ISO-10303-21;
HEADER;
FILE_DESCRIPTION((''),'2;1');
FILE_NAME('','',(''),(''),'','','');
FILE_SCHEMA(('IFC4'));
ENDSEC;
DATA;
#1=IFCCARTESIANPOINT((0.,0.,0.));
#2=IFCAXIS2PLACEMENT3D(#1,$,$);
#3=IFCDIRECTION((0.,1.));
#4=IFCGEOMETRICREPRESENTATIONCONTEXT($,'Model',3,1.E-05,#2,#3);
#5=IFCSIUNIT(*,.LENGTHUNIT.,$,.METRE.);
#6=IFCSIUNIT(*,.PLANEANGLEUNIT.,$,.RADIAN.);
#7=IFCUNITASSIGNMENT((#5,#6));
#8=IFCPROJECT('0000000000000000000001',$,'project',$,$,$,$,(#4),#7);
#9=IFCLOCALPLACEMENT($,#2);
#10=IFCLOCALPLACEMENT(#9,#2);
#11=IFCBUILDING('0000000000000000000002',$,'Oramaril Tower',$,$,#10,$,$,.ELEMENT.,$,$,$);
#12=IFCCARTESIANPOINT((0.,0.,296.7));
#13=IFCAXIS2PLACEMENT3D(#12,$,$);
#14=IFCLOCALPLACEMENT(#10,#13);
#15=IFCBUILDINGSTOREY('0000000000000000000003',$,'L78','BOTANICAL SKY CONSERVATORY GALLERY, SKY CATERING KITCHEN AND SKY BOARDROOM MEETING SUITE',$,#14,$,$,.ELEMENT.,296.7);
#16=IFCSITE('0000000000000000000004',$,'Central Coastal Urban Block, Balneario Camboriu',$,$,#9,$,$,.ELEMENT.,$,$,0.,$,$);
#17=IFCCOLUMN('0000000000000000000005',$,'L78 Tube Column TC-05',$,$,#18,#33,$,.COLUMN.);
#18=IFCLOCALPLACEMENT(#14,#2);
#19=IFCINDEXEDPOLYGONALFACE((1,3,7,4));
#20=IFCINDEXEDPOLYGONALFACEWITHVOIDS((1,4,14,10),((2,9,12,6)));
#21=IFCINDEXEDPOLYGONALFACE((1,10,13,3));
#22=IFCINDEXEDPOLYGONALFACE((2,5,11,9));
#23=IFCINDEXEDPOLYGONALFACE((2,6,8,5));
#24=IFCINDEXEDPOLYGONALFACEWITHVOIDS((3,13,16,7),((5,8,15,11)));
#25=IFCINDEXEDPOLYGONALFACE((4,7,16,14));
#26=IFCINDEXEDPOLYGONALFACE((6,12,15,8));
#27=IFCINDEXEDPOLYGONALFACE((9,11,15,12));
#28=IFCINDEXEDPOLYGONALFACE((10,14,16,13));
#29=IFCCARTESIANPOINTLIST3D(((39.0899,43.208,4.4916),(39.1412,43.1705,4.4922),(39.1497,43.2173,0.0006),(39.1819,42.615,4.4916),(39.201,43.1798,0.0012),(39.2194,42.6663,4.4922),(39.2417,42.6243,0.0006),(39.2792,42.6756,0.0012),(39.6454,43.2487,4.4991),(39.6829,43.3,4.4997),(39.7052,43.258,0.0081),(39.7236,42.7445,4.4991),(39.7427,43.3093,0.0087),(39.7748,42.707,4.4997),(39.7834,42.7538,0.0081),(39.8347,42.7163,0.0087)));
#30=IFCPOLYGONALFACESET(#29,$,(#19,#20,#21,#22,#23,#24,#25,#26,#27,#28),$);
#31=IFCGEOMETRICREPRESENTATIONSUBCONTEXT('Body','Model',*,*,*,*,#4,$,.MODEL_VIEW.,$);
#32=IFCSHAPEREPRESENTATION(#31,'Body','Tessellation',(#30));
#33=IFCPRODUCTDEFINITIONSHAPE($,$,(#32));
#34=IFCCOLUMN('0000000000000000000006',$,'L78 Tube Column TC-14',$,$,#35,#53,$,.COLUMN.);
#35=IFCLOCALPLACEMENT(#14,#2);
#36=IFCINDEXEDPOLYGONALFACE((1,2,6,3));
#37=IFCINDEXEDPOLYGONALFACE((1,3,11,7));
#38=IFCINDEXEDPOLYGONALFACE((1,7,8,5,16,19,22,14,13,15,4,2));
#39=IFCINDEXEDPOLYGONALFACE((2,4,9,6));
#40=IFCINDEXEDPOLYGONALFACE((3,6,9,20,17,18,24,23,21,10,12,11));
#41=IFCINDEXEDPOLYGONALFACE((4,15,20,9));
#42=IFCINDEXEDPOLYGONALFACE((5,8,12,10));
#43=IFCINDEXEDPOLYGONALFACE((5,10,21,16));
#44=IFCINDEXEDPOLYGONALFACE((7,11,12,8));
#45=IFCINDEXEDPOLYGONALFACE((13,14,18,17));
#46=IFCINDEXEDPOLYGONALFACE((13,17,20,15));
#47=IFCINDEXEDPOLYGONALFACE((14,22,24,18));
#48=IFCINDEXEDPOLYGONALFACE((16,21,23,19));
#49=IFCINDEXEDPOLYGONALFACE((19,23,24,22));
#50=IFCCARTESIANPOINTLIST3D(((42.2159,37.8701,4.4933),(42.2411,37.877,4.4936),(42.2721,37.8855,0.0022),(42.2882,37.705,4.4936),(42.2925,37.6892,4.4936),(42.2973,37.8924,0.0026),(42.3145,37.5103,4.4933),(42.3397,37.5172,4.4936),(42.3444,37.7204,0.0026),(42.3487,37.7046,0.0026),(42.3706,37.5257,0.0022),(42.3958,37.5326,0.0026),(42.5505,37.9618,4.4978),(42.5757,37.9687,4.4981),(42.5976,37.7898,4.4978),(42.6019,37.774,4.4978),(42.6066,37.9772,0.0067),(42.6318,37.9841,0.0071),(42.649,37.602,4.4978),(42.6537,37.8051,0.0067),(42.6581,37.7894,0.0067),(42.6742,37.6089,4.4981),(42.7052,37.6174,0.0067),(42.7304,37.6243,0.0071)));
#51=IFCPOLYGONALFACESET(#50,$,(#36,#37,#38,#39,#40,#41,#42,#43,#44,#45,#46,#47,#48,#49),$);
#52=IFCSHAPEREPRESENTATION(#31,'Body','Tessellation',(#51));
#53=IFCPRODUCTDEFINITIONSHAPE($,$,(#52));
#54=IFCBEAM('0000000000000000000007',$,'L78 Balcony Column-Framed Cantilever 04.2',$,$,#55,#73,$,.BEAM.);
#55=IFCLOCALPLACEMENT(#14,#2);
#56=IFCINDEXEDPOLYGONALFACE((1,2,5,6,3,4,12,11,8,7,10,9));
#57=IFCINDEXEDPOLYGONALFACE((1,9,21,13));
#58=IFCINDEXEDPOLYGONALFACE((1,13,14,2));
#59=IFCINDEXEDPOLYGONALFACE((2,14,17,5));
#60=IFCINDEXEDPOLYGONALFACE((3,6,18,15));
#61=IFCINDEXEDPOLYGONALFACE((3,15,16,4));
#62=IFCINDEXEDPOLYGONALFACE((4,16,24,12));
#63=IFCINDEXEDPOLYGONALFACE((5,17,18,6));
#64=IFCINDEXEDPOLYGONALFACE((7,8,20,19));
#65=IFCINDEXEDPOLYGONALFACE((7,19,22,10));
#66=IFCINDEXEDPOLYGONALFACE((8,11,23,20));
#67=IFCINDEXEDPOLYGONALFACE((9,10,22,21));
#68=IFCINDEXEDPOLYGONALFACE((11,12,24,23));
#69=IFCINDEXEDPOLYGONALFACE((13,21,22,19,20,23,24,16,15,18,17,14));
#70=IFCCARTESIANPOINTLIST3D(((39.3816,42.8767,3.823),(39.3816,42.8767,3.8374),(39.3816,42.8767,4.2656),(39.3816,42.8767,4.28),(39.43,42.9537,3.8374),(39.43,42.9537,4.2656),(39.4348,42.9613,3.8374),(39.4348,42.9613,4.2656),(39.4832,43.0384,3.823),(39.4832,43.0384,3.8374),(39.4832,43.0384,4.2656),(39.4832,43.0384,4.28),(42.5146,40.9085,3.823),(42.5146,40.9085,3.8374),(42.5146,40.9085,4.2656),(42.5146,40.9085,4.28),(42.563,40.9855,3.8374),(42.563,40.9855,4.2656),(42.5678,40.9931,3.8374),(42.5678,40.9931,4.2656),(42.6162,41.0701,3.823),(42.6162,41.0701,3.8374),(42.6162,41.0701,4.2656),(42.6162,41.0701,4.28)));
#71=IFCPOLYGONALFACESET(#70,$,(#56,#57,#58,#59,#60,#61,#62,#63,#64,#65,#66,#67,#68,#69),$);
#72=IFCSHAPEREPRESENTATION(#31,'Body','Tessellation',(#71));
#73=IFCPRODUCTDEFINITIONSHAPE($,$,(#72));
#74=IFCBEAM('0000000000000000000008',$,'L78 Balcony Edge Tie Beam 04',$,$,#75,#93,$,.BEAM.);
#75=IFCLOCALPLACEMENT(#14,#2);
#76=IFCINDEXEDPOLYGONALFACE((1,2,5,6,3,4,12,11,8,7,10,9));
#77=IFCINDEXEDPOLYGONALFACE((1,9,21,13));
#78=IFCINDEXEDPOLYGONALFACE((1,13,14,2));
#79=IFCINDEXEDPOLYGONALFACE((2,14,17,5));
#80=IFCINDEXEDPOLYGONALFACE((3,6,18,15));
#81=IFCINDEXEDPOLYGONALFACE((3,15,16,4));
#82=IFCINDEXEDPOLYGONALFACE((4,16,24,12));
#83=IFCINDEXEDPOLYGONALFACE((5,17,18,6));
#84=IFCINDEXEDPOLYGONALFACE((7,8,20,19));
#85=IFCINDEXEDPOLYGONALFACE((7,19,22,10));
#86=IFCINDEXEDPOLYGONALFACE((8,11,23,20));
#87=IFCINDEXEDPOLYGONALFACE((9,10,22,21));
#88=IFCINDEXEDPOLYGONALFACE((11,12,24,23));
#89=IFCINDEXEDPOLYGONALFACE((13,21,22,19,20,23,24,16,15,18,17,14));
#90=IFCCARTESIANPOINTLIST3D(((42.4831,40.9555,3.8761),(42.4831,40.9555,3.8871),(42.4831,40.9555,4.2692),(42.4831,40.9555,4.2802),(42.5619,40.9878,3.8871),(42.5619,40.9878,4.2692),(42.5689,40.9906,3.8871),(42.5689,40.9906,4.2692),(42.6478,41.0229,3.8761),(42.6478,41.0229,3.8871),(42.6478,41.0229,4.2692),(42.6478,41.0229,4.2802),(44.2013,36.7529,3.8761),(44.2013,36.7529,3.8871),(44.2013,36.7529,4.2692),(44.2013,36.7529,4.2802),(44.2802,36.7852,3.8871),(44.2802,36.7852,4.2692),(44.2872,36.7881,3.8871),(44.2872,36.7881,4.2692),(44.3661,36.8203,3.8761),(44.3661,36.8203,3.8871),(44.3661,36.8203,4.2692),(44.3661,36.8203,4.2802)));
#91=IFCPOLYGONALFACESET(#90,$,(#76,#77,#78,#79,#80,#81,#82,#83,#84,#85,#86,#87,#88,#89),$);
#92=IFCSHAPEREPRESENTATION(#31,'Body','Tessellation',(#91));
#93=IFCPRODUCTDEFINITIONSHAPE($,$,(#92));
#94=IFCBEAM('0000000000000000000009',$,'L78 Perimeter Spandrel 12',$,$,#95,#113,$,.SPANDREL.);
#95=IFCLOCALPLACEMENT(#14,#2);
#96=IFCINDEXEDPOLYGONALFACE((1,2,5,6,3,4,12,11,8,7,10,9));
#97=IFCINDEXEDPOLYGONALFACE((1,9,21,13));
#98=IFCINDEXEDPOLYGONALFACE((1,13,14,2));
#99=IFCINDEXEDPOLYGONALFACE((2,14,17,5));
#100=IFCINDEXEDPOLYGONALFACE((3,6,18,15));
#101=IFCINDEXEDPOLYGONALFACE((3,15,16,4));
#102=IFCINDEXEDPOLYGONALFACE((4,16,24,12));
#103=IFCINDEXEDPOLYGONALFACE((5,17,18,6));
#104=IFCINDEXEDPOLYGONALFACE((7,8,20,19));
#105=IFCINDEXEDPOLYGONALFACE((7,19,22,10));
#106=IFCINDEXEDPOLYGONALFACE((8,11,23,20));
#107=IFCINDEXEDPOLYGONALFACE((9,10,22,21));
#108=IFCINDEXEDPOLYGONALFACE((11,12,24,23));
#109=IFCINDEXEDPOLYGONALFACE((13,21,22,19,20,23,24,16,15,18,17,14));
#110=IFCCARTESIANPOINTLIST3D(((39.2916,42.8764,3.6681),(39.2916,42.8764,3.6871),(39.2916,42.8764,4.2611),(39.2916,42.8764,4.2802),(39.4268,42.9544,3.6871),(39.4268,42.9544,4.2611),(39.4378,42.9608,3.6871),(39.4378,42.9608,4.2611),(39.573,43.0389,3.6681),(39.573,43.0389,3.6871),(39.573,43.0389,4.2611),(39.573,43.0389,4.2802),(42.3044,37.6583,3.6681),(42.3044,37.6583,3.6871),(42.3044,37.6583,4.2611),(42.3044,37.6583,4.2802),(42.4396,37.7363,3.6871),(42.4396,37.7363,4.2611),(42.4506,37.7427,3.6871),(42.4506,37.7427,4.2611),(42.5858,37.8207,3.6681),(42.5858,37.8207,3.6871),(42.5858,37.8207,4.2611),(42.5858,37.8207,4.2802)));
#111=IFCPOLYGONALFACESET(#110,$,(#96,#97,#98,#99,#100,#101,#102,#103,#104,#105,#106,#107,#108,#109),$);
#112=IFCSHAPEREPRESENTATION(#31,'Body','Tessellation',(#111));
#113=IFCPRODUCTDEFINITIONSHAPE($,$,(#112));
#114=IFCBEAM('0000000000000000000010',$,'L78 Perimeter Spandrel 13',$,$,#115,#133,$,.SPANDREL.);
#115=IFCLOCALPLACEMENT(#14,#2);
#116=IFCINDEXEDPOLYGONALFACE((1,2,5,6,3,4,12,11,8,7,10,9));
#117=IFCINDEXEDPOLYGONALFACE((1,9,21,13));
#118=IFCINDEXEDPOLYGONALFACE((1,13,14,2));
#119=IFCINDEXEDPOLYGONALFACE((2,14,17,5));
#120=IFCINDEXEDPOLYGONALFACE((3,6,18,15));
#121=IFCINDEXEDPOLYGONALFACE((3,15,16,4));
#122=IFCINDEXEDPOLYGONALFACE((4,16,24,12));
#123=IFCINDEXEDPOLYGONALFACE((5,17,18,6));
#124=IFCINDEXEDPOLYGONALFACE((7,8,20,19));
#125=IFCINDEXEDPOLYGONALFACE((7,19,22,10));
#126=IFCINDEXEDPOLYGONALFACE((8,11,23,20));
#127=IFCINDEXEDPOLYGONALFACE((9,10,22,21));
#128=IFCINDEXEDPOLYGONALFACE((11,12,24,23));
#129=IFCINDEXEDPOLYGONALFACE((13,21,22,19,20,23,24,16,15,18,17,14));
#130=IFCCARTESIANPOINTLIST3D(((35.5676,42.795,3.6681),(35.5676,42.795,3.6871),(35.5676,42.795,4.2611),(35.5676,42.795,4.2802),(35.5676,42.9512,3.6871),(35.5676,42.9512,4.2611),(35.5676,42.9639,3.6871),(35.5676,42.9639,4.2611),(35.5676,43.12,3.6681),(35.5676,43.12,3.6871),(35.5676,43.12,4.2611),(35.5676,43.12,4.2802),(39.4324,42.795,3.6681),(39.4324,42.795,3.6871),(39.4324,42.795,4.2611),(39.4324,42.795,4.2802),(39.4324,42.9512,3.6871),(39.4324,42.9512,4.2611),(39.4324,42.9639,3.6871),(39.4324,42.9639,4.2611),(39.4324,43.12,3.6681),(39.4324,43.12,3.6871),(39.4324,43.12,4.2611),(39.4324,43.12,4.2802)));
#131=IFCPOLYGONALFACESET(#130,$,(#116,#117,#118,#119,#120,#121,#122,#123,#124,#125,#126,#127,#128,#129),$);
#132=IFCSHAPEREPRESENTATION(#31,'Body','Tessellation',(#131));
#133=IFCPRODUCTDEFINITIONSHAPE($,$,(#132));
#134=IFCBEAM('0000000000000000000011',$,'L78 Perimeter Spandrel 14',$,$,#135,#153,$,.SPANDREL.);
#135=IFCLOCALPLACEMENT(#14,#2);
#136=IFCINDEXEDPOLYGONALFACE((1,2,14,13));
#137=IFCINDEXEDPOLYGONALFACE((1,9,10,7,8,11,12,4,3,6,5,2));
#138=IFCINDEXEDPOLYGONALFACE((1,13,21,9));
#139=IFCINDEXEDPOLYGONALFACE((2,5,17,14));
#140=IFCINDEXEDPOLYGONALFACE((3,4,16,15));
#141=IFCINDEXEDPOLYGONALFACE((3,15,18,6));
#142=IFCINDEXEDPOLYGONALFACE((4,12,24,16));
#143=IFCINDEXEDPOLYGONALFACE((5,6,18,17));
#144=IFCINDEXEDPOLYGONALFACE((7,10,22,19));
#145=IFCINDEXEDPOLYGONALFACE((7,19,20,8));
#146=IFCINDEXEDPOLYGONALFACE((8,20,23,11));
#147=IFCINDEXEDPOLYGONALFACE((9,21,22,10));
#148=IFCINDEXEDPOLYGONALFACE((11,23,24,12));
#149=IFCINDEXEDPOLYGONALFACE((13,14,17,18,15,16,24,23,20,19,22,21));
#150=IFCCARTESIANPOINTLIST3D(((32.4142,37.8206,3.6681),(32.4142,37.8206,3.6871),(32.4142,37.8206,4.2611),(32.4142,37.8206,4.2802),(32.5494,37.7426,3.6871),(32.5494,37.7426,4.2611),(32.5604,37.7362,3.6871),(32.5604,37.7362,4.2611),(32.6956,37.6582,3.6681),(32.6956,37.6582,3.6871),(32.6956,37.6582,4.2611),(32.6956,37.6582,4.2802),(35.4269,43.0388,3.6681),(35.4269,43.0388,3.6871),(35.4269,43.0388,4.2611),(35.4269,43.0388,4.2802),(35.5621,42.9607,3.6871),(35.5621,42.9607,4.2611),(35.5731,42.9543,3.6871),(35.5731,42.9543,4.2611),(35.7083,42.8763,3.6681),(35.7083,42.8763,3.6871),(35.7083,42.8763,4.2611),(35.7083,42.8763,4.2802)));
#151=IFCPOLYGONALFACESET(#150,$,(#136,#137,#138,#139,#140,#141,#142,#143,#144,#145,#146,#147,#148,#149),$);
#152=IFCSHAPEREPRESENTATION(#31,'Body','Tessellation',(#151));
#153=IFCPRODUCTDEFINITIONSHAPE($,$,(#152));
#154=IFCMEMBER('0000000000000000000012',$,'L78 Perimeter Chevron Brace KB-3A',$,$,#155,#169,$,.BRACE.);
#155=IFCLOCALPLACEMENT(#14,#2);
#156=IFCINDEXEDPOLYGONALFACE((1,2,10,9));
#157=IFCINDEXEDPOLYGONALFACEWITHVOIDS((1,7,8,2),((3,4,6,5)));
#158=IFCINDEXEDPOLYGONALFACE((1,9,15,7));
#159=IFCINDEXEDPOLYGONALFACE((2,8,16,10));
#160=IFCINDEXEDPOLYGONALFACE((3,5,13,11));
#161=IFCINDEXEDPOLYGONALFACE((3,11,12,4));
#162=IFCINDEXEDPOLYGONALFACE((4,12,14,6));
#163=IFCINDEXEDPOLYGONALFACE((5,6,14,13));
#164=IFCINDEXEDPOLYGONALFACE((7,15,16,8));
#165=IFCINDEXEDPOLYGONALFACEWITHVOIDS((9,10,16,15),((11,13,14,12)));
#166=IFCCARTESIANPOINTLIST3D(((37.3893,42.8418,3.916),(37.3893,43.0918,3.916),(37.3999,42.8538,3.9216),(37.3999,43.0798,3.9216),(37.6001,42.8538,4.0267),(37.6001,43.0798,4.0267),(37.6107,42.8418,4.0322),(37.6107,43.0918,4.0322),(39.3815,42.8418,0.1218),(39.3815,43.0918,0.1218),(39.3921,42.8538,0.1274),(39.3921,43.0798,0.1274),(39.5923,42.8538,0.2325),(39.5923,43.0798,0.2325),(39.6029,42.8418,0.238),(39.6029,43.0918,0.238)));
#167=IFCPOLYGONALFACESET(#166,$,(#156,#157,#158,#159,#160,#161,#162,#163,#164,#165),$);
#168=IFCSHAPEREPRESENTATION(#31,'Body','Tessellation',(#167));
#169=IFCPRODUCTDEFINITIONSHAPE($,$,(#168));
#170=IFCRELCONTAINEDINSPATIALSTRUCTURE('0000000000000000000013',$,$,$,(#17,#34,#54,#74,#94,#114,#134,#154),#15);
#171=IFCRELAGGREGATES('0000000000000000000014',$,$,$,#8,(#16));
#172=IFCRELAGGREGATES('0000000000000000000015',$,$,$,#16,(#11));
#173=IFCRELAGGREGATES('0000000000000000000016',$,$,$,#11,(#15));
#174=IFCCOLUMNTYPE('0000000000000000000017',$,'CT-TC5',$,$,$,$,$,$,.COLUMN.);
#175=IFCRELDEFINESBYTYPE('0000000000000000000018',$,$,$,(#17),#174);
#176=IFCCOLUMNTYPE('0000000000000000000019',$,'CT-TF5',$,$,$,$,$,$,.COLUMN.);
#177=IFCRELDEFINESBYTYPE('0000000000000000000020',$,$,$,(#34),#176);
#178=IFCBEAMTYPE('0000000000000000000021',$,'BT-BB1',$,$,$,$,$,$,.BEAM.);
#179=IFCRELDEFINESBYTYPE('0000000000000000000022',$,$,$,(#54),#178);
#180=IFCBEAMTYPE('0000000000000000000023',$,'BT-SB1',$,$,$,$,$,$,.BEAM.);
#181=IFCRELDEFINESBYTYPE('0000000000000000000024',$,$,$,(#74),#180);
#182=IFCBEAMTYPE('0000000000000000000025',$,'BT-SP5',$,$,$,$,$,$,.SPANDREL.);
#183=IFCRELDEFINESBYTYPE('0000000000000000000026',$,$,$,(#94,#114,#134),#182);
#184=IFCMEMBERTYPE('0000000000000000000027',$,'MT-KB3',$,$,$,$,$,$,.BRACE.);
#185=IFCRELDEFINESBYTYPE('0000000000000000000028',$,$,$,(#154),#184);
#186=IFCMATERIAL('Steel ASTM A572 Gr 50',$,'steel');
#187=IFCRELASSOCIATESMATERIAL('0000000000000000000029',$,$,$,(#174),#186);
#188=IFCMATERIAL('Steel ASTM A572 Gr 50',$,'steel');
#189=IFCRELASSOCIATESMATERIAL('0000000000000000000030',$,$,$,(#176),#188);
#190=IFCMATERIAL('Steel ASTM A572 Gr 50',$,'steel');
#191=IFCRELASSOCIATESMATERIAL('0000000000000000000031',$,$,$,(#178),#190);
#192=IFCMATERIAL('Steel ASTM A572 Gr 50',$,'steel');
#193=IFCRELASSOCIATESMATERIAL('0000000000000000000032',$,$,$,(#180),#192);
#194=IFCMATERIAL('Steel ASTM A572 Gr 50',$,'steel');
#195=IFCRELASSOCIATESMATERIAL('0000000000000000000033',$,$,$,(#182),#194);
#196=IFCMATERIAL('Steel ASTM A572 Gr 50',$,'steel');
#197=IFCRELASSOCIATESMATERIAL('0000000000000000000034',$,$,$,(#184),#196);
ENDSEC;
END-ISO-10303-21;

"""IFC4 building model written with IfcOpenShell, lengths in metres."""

from ifc_helpers import new_model, si_unit, direction, frame, origin, origin_2d, place, context, subcontext, project, spatial, hollow_rectangle, i_section, extrude, material, material_profile, profile_set, type_object, element, save


model = new_model("IFC4")

# Units and contexts
model_context = context("Model", 3, precision=1e-05, world=origin(), true_north=direction((0.0, 1.0)))
body_context = subcontext(model_context, "Body", "Model", "MODEL_VIEW")
ifc_project = project(units=[si_unit("LENGTHUNIT", "METRE"), si_unit("PLANEANGLEUNIT", "RADIAN")], contexts=[model_context])

# Site, building, storey
site_placement = place(None, origin())
site = spatial("IfcSite", under=ifc_project, at=site_placement, Name="Central Coastal Urban Block, Balneario Camboriu", CompositionType="ELEMENT", RefElevation=0.0)
building_placement = place(site_placement, origin())
building = spatial("IfcBuilding", under=site, at=building_placement, Name="Oramaril Tower", CompositionType="ELEMENT")
storey_placement = place(building_placement, frame((0.0, 0.0, 296.7)))
storey = spatial("IfcBuildingStorey", under=building, at=storey_placement, Name="L78", Description="BOTANICAL SKY CONSERVATORY GALLERY, SKY CATERING KITCHEN AND SKY BOARDROOM MEETING SUITE", CompositionType="ELEMENT", Elevation=296.7)

# Columns
ifc_material_1 = material(Name="Steel ASTM A572 Gr 50", Category="steel")
ifc_material_profile_1 = material_profile(ifc_material_1, hollow_rectangle(XDim=0.6001, YDim=0.6001, WallThickness=0.0449, at=origin_2d()), Name="BOX600X600X45")
ifc_profile_set_1 = profile_set([ifc_material_profile_1], Name="Steel ASTM A572 Gr 50")
column_type_1 = type_object("IfcColumnType", Name="CT-TC5", PredefinedType="COLUMN", material=ifc_profile_set_1)
column_1_placement = place(storey_placement, frame((39.4922, 42.9668, 0.0046), z_axis=(-0.013318, -0.002066, 0.999909), x_axis=(0.153269, -0.988184, 0.0)))
element("IfcColumn", 1, at=column_1_placement, inside=storey, type_object=column_type_1, Name="L78 Tube Column TC-05", PredefinedType="COLUMN", context=body_context, shape_type="SweptSolid", body=[
    extrude(hollow_rectangle(XDim=0.6001, YDim=0.6001, WallThickness=0.0449, at=origin_2d()), origin(), (0.0, 0.0, 1.0), 4.4915),
])
ifc_material_2 = material(Name="Steel ASTM A572 Gr 50", Category="steel")
ifc_material_profile_2 = material_profile(ifc_material_2, i_section(OverallWidth=0.373, OverallDepth=0.373, WebThickness=0.0164, FlangeThickness=0.0261, at=origin_2d()), Name="W14X132")
ifc_profile_set_2 = profile_set([ifc_material_profile_2], Name="Steel ASTM A572 Gr 50")
column_type_2 = type_object("IfcColumnType", Name="CT-TF5", PredefinedType="COLUMN", material=ifc_profile_set_2)
column_2_placement = place(storey_placement, frame((42.5012, 37.7549, 0.0046), z_axis=(-0.012502, -0.003425, 0.999916), x_axis=(0.264182, -0.964473, 0.0)))
element("IfcColumn", 2, at=column_2_placement, inside=storey, type_object=column_type_2, Name="L78 Tube Column TC-14", PredefinedType="COLUMN", context=body_context, shape_type="SweptSolid", body=[
    extrude(i_section(OverallWidth=0.373, OverallDepth=0.373, WebThickness=0.0164, FlangeThickness=0.0261, at=origin_2d()), origin(), (0.0, 0.0, 1.0), 4.4915),
])

# Beams
ifc_material_3 = material(Name="Steel ASTM A572 Gr 50", Category="steel")
ifc_material_profile_3 = material_profile(ifc_material_3, i_section(OverallWidth=0.1909, OverallDepth=0.457, WebThickness=0.009, FlangeThickness=0.0144, at=origin_2d()), Name="W18X50")
ifc_profile_set_3 = profile_set([ifc_material_profile_3], Name="Steel ASTM A572 Gr 50")
beam_type_1 = type_object("IfcBeamType", Name="BT-BB1", PredefinedType="BEAM", material=ifc_profile_set_3)
beam_1_placement = place(storey_placement, frame((39.4324, 42.9575, 4.0515), z_axis=(0.846769, -0.531961, 0.0), x_axis=(0.531961, 0.846769, 0.0)))
element("IfcBeam", 3, at=beam_1_placement, inside=storey, type_object=beam_type_1, Name="L78 Balcony Column-Framed Cantilever 04.2", PredefinedType="BEAM", context=body_context, shape_type="SweptSolid", body=[
    extrude(i_section(OverallWidth=0.1909, OverallDepth=0.457, WebThickness=0.009, FlangeThickness=0.0144, at=origin_2d()), origin(), (0.0, 0.0, 1.0), 3.7),
])
ifc_material_4 = material(Name="Steel ASTM A572 Gr 50", Category="steel")
ifc_material_profile_4 = material_profile(ifc_material_4, i_section(OverallWidth=0.178, OverallDepth=0.4041, WebThickness=0.0076, FlangeThickness=0.011, at=origin_2d()), Name="W16X36")
ifc_profile_set_4 = profile_set([ifc_material_profile_4], Name="Steel ASTM A572 Gr 50")
beam_type_2 = type_object("IfcBeamType", Name="BT-SB1", PredefinedType="BEAM", material=ifc_profile_set_4)
beam_2_placement = place(storey_placement, frame((44.2837, 36.7866, 4.0781), z_axis=(-0.378444, 0.925624, 0.0), x_axis=(-0.925624, -0.378444, 0.0)))
element("IfcBeam", 4, at=beam_2_placement, inside=storey, type_object=beam_type_2, Name="L78 Balcony Edge Tie Beam 04", PredefinedType="BEAM", context=body_context, shape_type="SweptSolid", body=[
    extrude(i_section(OverallWidth=0.178, OverallDepth=0.4041, WebThickness=0.0076, FlangeThickness=0.011, at=origin_2d()), origin(), (0.0, 0.0, 1.0), 4.5403),
])
ifc_material_5 = material(Name="Steel ASTM A572 Gr 50", Category="steel")
ifc_material_profile_5 = material_profile(ifc_material_5, i_section(OverallWidth=0.325, OverallDepth=0.6121, WebThickness=0.0127, FlangeThickness=0.019, at=origin_2d()), Name="W24X104")
ifc_profile_set_5 = profile_set([ifc_material_profile_5], Name="Steel ASTM A572 Gr 50")
beam_type_3 = type_object("IfcBeamType", Name="BT-SP5", PredefinedType="SPANDREL", material=ifc_profile_set_5)
beam_3_placement = place(storey_placement, frame((42.4451, 37.7395, 3.9741), z_axis=(-0.500009, 0.86602, 0.0), x_axis=(-0.86602, -0.500009, 0.0)))
element("IfcBeam", 5, at=beam_3_placement, inside=storey, type_object=beam_type_3, Name="L78 Perimeter Spandrel 12", PredefinedType="SPANDREL", context=body_context, shape_type="SweptSolid", body=[
    extrude(i_section(OverallWidth=0.325, OverallDepth=0.6121, WebThickness=0.0127, FlangeThickness=0.019, at=origin_2d()), origin(), (0.0, 0.0, 1.0), 6.0254),
])
beam_4_placement = place(storey_placement, frame((39.4324, 42.9575, 3.9741), z_axis=(-1.0, 0.0, 0.0), x_axis=(0.0, -1.0, 0.0)))
element("IfcBeam", 6, at=beam_4_placement, inside=storey, type_object=beam_type_3, Name="L78 Perimeter Spandrel 13", PredefinedType="SPANDREL", context=body_context, shape_type="SweptSolid", body=[
    extrude(i_section(OverallWidth=0.325, OverallDepth=0.6121, WebThickness=0.0127, FlangeThickness=0.019, at=origin_2d()), origin(), (0.0, 0.0, 1.0), 3.8647),
])
beam_5_placement = place(storey_placement, frame((35.5676, 42.9575, 3.9741), z_axis=(-0.500009, -0.86602, 0.0), x_axis=(0.86602, -0.500009, 0.0)))
element("IfcBeam", 7, at=beam_5_placement, inside=storey, type_object=beam_type_3, Name="L78 Perimeter Spandrel 14", PredefinedType="SPANDREL", context=body_context, shape_type="SweptSolid", body=[
    extrude(i_section(OverallWidth=0.325, OverallDepth=0.6121, WebThickness=0.0127, FlangeThickness=0.019, at=origin_2d()), origin(), (0.0, 0.0, 1.0), 6.0254),
])

# Member
ifc_material_6 = material(Name="Steel ASTM A572 Gr 50", Category="steel")
ifc_material_profile_6 = material_profile(ifc_material_6, hollow_rectangle(XDim=0.25, YDim=0.25, WallThickness=0.012, at=origin_2d()), Name="HSS250X250X12")
ifc_profile_set_6 = profile_set([ifc_material_profile_6], Name="Steel ASTM A572 Gr 50")
member_type = type_object("IfcMemberType", Name="MT-KB3", PredefinedType="BRACE", material=ifc_profile_set_6)
member_placement = place(storey_placement, frame((39.4922, 42.9668, 0.1799), z_axis=(-0.464877, 0.0, 0.885375), x_axis=(0.0, -1.0, 0.0)))
element("IfcMember", 8, at=member_placement, inside=storey, type_object=member_type, Name="L78 Perimeter Chevron Brace KB-3A", PredefinedType="BRACE", context=body_context, shape_type="SweptSolid", body=[
    extrude(hollow_rectangle(XDim=0.25, YDim=0.25, WallThickness=0.012, at=origin_2d()), origin(), (0.0, 0.0, 1.0), 4.2854),
])

save(model, "model.ifc")
